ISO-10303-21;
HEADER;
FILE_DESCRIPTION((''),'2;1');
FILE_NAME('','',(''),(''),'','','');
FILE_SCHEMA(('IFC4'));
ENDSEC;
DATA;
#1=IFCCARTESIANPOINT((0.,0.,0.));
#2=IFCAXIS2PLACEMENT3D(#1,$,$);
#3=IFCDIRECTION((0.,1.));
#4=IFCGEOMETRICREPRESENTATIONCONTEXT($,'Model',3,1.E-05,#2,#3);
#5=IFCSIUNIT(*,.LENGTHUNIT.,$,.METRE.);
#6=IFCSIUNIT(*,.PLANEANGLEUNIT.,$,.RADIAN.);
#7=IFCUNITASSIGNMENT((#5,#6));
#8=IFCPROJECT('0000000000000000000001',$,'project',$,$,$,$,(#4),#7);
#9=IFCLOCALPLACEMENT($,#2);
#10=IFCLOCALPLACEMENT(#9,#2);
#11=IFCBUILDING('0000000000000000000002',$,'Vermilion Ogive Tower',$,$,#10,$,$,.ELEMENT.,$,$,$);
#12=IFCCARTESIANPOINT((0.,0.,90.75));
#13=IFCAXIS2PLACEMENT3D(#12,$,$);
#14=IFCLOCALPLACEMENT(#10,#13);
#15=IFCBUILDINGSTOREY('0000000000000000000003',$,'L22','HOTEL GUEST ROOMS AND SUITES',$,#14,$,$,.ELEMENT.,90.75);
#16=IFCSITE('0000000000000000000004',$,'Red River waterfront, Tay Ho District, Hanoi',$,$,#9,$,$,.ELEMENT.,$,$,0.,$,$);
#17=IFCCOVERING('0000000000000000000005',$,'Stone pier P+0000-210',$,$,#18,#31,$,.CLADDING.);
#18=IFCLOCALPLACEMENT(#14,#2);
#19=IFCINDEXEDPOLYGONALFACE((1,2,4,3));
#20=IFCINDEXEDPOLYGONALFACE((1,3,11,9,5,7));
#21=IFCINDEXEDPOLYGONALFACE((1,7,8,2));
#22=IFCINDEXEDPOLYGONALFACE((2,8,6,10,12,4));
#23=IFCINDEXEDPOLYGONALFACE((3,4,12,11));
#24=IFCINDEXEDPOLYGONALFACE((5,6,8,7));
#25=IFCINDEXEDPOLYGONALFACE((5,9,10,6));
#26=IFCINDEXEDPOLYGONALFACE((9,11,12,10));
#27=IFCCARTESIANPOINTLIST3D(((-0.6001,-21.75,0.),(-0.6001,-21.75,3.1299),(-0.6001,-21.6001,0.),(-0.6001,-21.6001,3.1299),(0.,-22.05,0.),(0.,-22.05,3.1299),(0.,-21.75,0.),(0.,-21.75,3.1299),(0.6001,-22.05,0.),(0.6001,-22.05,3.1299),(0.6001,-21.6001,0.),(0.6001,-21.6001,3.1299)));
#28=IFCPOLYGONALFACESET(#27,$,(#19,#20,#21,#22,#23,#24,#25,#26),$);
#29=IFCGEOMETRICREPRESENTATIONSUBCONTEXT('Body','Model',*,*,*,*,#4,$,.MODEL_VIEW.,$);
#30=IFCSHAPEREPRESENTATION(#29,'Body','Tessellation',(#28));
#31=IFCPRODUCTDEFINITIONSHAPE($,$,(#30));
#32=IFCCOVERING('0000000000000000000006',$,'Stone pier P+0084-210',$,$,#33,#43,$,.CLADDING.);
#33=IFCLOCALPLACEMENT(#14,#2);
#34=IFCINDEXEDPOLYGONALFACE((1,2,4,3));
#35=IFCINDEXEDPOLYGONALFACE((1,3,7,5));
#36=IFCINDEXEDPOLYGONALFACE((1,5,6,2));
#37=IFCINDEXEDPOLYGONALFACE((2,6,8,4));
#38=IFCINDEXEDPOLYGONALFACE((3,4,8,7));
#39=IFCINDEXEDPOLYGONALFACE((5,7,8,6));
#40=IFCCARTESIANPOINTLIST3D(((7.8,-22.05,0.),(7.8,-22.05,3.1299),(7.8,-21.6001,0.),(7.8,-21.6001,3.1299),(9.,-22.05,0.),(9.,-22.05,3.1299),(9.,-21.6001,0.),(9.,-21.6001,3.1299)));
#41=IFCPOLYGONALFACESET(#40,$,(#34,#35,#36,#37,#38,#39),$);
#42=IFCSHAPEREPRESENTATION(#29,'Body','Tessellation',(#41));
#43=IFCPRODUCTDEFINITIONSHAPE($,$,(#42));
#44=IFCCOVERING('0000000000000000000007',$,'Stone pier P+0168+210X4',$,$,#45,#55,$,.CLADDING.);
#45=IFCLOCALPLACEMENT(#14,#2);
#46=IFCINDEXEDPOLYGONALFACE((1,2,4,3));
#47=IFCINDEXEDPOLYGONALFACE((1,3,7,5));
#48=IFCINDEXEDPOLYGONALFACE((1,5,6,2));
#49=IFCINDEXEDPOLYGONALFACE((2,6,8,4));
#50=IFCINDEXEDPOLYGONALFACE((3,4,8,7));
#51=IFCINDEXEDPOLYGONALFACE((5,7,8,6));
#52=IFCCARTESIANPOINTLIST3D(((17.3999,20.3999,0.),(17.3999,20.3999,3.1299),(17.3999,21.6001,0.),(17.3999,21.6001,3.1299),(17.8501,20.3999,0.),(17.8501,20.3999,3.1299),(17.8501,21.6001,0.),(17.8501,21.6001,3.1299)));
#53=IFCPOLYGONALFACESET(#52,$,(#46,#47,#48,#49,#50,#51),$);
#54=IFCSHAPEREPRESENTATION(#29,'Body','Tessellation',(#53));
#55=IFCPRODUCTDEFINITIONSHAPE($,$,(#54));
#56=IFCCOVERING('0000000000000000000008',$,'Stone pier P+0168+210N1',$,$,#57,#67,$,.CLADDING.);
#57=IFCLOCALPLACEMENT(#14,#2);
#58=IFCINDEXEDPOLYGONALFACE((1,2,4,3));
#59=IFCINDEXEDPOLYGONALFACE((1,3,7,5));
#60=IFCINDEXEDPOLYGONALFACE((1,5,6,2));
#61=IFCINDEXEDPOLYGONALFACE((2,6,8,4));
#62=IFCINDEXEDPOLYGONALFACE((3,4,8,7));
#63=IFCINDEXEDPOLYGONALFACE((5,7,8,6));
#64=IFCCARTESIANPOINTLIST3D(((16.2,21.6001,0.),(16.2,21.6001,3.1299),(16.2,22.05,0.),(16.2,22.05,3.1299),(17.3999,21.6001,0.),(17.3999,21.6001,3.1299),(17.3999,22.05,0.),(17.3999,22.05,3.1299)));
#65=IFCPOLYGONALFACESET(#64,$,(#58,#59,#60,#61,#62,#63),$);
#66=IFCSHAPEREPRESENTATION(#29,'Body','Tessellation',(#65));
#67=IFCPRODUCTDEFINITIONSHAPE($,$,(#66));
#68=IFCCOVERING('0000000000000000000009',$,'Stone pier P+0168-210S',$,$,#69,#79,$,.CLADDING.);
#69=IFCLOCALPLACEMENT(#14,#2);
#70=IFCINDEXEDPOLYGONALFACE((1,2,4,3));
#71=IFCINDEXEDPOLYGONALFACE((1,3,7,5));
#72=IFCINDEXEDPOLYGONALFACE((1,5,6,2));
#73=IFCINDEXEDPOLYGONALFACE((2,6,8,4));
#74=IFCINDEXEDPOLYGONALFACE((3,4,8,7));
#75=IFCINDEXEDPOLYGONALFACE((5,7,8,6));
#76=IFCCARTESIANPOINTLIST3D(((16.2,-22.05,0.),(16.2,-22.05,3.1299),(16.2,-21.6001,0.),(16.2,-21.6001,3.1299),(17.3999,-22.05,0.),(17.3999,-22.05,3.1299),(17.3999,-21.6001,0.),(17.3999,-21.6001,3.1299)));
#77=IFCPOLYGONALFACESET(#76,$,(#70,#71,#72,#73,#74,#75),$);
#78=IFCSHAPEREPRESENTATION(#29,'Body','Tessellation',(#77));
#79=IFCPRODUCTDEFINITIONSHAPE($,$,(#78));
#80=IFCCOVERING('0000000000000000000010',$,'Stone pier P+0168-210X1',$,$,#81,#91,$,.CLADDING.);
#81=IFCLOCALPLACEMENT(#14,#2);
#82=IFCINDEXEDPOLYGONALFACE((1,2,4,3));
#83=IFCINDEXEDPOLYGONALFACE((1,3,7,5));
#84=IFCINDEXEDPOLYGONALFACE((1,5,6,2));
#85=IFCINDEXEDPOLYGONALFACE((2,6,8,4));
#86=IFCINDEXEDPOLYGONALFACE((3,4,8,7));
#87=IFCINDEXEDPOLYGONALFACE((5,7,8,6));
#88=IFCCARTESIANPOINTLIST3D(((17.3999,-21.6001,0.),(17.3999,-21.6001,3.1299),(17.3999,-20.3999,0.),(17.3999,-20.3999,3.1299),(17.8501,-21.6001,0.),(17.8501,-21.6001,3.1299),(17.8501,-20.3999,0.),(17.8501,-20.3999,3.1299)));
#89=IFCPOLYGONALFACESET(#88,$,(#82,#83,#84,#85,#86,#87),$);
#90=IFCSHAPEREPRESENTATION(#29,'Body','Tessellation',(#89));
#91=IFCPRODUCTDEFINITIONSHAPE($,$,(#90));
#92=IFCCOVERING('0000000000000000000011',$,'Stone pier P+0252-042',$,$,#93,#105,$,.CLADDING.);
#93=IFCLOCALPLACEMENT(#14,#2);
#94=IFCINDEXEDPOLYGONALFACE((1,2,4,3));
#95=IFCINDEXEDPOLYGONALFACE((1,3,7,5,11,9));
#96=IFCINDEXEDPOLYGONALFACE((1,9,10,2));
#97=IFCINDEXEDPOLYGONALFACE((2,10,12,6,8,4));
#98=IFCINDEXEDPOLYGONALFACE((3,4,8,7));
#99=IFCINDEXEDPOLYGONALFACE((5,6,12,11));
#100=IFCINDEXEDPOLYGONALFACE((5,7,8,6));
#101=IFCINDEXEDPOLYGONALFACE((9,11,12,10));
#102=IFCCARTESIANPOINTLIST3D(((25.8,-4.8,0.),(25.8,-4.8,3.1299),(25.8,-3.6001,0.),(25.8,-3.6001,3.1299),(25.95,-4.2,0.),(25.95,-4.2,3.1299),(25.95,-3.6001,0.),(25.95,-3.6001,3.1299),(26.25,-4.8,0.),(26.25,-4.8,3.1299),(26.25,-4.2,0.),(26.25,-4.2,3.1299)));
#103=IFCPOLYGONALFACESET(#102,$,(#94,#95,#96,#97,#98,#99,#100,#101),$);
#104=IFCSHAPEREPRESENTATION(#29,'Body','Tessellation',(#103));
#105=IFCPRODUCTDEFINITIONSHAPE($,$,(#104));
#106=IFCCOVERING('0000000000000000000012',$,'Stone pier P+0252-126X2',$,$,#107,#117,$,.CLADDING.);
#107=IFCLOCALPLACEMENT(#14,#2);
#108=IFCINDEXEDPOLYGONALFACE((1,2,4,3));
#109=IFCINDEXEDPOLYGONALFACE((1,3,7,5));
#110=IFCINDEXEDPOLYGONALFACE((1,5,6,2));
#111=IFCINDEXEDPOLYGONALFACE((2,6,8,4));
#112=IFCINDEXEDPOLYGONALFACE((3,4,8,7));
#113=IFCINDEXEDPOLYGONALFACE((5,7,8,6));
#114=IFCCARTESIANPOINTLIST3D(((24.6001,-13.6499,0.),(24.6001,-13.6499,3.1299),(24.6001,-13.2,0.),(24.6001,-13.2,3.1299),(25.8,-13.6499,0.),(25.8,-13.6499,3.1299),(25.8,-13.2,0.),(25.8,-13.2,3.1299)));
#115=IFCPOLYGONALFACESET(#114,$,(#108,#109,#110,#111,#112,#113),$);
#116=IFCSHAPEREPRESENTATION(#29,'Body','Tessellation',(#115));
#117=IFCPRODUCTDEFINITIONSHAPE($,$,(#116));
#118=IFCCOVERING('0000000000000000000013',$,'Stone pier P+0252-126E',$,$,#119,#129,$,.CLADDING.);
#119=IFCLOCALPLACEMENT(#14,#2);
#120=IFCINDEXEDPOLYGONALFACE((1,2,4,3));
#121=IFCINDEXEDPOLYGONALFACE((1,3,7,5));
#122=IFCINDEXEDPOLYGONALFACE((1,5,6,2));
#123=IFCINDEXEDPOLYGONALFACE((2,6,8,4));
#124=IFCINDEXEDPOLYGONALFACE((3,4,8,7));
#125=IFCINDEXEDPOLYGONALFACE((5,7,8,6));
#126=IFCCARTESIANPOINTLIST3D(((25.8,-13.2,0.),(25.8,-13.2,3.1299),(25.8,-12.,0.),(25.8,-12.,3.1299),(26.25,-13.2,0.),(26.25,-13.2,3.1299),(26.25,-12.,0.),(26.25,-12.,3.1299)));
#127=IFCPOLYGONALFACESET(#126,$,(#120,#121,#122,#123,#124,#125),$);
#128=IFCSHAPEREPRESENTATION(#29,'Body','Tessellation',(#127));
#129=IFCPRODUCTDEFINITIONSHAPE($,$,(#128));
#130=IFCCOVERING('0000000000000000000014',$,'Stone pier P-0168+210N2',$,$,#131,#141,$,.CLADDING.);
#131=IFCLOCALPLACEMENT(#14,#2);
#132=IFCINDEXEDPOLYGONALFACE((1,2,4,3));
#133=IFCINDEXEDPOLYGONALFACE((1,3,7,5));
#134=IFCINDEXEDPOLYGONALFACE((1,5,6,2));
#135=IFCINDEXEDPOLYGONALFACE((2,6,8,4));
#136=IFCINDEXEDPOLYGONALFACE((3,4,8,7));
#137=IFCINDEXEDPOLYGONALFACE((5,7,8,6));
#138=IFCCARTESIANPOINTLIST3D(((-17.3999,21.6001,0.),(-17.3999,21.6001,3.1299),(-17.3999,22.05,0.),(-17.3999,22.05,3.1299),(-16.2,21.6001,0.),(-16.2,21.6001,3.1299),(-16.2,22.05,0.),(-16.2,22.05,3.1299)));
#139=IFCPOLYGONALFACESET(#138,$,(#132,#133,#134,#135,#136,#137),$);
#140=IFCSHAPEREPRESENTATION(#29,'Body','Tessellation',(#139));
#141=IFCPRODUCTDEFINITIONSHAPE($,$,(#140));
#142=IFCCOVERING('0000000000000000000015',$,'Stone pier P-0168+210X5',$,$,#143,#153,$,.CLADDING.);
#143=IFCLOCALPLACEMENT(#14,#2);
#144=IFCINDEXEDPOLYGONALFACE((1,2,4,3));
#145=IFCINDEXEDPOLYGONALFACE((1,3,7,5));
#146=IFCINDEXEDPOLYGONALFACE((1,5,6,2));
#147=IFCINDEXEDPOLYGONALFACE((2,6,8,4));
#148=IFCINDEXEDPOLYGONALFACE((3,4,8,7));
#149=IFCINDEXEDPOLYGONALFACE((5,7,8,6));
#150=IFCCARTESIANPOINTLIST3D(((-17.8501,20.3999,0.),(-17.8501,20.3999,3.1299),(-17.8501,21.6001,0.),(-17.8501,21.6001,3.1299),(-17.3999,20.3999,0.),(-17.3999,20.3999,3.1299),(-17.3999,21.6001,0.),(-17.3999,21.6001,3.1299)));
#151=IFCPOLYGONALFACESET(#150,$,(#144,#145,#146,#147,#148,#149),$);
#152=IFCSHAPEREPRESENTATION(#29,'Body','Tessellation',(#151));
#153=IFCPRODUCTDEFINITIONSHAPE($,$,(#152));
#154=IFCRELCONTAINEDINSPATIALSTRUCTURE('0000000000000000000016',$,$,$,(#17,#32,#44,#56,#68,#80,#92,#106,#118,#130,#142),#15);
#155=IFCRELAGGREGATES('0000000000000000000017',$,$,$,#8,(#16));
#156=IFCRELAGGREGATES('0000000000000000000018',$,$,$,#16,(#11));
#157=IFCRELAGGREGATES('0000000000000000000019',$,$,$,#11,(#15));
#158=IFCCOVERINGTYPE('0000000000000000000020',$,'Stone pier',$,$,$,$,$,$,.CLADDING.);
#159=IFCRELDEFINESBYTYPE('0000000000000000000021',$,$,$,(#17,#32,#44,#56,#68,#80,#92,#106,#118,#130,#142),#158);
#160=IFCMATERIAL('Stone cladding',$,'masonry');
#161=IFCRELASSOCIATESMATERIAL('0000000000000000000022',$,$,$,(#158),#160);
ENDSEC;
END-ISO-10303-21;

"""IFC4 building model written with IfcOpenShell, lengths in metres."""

from ifc_helpers import new_model, si_unit, direction, frame, origin, place, context, subcontext, project, spatial, polyline, outline, extrude, material, type_object, element, save


model = new_model("IFC4")

# Units and contexts
model_context = context("Model", 3, precision=1e-05, world=origin(), true_north=direction((0.0, 1.0)))
body_context = subcontext(model_context, "Body", "Model", "MODEL_VIEW")
ifc_project = project(units=[si_unit("LENGTHUNIT", "METRE"), si_unit("PLANEANGLEUNIT", "RADIAN")], contexts=[model_context])

# Site, building, storey
site_placement = place(None, origin())
site = spatial("IfcSite", under=ifc_project, at=site_placement, Name="Red River waterfront, Tay Ho District, Hanoi", CompositionType="ELEMENT", RefElevation=0.0)
building_placement = place(site_placement, origin())
building = spatial("IfcBuilding", under=site, at=building_placement, Name="Vermilion Ogive Tower", CompositionType="ELEMENT")
storey_placement = place(building_placement, frame((0.0, 0.0, 90.75)))
storey = spatial("IfcBuildingStorey", under=building, at=storey_placement, Name="L22", Description="HOTEL GUEST ROOMS AND SUITES", CompositionType="ELEMENT", Elevation=90.75)

# Coverings
ifc_material_1 = material(Name="Stone cladding", Category="masonry")
covering_type_1 = type_object("IfcCoveringType", Name="Stone pier", PredefinedType="CLADDING", material=ifc_material_1)
covering_1_placement = place(storey_placement, origin())
element("IfcCovering", 1, at=covering_1_placement, inside=storey, type_object=covering_type_1, Name="Stone pier P+0000-210", PredefinedType="CLADDING", context=body_context, shape_type="SweptSolid", body=[
    extrude(outline(polyline([(0.6001, -21.6001), (0.6001, -21.6001), (0.6001, -22.05), (0.0, -22.05), (0.0, -21.75), (-0.6001, -21.75), (-0.6001, -22.05), (-0.6001, -22.05), (-0.6001, -21.6001), (-0.6001, -21.6001), (0.6001, -21.6001)])), origin(), (0.0, 0.0, 1.0), 3.1299),
])
covering_2_placement = place(storey_placement, origin())
element("IfcCovering", 2, at=covering_2_placement, inside=storey, type_object=covering_type_1, Name="Stone pier P+0084-210", PredefinedType="CLADDING", context=body_context, shape_type="SweptSolid", body=[
    extrude(outline(polyline([(9.0, -21.6001), (9.0, -22.05), (7.8, -22.05), (7.8, -21.6001), (9.0, -21.6001), (9.0, -21.6001)])), origin(), (0.0, 0.0, 1.0), 3.1299),
])
covering_3_placement = place(storey_placement, origin())
element("IfcCovering", 3, at=covering_3_placement, inside=storey, type_object=covering_type_1, Name="Stone pier P+0168+210X4", PredefinedType="CLADDING", context=body_context, shape_type="SweptSolid", body=[
    extrude(outline(polyline([(17.8501, 21.6001), (17.8501, 20.3999), (17.3999, 20.3999), (17.3999, 21.6001), (17.8501, 21.6001)])), origin(), (0.0, 0.0, 1.0), 3.1299),
])
covering_4_placement = place(storey_placement, origin())
element("IfcCovering", 4, at=covering_4_placement, inside=storey, type_object=covering_type_1, Name="Stone pier P+0168+210N1", PredefinedType="CLADDING", context=body_context, shape_type="SweptSolid", body=[
    extrude(outline(polyline([(17.3999, 22.05), (17.3999, 21.6001), (16.2, 21.6001), (16.2, 22.05), (17.3999, 22.05)])), origin(), (0.0, 0.0, 1.0), 3.1299),
])
covering_5_placement = place(storey_placement, origin())
element("IfcCovering", 5, at=covering_5_placement, inside=storey, type_object=covering_type_1, Name="Stone pier P+0168-210S", PredefinedType="CLADDING", context=body_context, shape_type="SweptSolid", body=[
    extrude(outline(polyline([(17.3999, -22.05), (16.2, -22.05), (16.2, -21.6001), (17.3999, -21.6001), (17.3999, -22.05)])), origin(), (0.0, 0.0, 1.0), 3.1299),
])
covering_6_placement = place(storey_placement, origin())
element("IfcCovering", 6, at=covering_6_placement, inside=storey, type_object=covering_type_1, Name="Stone pier P+0168-210X1", PredefinedType="CLADDING", context=body_context, shape_type="SweptSolid", body=[
    extrude(outline(polyline([(17.8501, -21.6001), (17.3999, -21.6001), (17.3999, -20.3999), (17.8501, -20.3999), (17.8501, -21.6001)])), origin(), (0.0, 0.0, 1.0), 3.1299),
])
covering_7_placement = place(storey_placement, origin())
element("IfcCovering", 7, at=covering_7_placement, inside=storey, type_object=covering_type_1, Name="Stone pier P+0252-042", PredefinedType="CLADDING", context=body_context, shape_type="SweptSolid", body=[
    extrude(outline(polyline([(25.8, -3.6001), (25.95, -3.6001), (25.95, -4.2), (26.25, -4.2), (26.25, -4.8), (25.8, -4.8), (25.8, -4.8), (25.8, -3.6001)])), origin(), (0.0, 0.0, 1.0), 3.1299),
])
covering_8_placement = place(storey_placement, origin())
element("IfcCovering", 8, at=covering_8_placement, inside=storey, type_object=covering_type_1, Name="Stone pier P+0252-126X2", PredefinedType="CLADDING", context=body_context, shape_type="SweptSolid", body=[
    extrude(outline(polyline([(25.8, -13.2), (25.8, -13.6499), (24.6001, -13.6499), (24.6001, -13.2), (24.6001, -13.2), (25.8, -13.2)])), origin(), (0.0, 0.0, 1.0), 3.1299),
])
covering_9_placement = place(storey_placement, origin())
element("IfcCovering", 9, at=covering_9_placement, inside=storey, type_object=covering_type_1, Name="Stone pier P+0252-126E", PredefinedType="CLADDING", context=body_context, shape_type="SweptSolid", body=[
    extrude(outline(polyline([(26.25, -13.2), (25.8, -13.2), (25.8, -12.0), (26.25, -12.0), (26.25, -13.2)])), origin(), (0.0, 0.0, 1.0), 3.1299),
])
covering_10_placement = place(storey_placement, origin())
element("IfcCovering", 10, at=covering_10_placement, inside=storey, type_object=covering_type_1, Name="Stone pier P-0168+210N2", PredefinedType="CLADDING", context=body_context, shape_type="SweptSolid", body=[
    extrude(outline(polyline([(-17.3999, 22.05), (-16.2, 22.05), (-16.2, 21.6001), (-17.3999, 21.6001), (-17.3999, 22.05)])), origin(), (0.0, 0.0, 1.0), 3.1299),
])
covering_11_placement = place(storey_placement, origin())
element("IfcCovering", 11, at=covering_11_placement, inside=storey, type_object=covering_type_1, Name="Stone pier P-0168+210X5", PredefinedType="CLADDING", context=body_context, shape_type="SweptSolid", body=[
    extrude(outline(polyline([(-17.8501, 21.6001), (-17.3999, 21.6001), (-17.3999, 20.3999), (-17.8501, 20.3999), (-17.8501, 21.6001)])), origin(), (0.0, 0.0, 1.0), 3.1299),
])

save(model, "model.ifc")
